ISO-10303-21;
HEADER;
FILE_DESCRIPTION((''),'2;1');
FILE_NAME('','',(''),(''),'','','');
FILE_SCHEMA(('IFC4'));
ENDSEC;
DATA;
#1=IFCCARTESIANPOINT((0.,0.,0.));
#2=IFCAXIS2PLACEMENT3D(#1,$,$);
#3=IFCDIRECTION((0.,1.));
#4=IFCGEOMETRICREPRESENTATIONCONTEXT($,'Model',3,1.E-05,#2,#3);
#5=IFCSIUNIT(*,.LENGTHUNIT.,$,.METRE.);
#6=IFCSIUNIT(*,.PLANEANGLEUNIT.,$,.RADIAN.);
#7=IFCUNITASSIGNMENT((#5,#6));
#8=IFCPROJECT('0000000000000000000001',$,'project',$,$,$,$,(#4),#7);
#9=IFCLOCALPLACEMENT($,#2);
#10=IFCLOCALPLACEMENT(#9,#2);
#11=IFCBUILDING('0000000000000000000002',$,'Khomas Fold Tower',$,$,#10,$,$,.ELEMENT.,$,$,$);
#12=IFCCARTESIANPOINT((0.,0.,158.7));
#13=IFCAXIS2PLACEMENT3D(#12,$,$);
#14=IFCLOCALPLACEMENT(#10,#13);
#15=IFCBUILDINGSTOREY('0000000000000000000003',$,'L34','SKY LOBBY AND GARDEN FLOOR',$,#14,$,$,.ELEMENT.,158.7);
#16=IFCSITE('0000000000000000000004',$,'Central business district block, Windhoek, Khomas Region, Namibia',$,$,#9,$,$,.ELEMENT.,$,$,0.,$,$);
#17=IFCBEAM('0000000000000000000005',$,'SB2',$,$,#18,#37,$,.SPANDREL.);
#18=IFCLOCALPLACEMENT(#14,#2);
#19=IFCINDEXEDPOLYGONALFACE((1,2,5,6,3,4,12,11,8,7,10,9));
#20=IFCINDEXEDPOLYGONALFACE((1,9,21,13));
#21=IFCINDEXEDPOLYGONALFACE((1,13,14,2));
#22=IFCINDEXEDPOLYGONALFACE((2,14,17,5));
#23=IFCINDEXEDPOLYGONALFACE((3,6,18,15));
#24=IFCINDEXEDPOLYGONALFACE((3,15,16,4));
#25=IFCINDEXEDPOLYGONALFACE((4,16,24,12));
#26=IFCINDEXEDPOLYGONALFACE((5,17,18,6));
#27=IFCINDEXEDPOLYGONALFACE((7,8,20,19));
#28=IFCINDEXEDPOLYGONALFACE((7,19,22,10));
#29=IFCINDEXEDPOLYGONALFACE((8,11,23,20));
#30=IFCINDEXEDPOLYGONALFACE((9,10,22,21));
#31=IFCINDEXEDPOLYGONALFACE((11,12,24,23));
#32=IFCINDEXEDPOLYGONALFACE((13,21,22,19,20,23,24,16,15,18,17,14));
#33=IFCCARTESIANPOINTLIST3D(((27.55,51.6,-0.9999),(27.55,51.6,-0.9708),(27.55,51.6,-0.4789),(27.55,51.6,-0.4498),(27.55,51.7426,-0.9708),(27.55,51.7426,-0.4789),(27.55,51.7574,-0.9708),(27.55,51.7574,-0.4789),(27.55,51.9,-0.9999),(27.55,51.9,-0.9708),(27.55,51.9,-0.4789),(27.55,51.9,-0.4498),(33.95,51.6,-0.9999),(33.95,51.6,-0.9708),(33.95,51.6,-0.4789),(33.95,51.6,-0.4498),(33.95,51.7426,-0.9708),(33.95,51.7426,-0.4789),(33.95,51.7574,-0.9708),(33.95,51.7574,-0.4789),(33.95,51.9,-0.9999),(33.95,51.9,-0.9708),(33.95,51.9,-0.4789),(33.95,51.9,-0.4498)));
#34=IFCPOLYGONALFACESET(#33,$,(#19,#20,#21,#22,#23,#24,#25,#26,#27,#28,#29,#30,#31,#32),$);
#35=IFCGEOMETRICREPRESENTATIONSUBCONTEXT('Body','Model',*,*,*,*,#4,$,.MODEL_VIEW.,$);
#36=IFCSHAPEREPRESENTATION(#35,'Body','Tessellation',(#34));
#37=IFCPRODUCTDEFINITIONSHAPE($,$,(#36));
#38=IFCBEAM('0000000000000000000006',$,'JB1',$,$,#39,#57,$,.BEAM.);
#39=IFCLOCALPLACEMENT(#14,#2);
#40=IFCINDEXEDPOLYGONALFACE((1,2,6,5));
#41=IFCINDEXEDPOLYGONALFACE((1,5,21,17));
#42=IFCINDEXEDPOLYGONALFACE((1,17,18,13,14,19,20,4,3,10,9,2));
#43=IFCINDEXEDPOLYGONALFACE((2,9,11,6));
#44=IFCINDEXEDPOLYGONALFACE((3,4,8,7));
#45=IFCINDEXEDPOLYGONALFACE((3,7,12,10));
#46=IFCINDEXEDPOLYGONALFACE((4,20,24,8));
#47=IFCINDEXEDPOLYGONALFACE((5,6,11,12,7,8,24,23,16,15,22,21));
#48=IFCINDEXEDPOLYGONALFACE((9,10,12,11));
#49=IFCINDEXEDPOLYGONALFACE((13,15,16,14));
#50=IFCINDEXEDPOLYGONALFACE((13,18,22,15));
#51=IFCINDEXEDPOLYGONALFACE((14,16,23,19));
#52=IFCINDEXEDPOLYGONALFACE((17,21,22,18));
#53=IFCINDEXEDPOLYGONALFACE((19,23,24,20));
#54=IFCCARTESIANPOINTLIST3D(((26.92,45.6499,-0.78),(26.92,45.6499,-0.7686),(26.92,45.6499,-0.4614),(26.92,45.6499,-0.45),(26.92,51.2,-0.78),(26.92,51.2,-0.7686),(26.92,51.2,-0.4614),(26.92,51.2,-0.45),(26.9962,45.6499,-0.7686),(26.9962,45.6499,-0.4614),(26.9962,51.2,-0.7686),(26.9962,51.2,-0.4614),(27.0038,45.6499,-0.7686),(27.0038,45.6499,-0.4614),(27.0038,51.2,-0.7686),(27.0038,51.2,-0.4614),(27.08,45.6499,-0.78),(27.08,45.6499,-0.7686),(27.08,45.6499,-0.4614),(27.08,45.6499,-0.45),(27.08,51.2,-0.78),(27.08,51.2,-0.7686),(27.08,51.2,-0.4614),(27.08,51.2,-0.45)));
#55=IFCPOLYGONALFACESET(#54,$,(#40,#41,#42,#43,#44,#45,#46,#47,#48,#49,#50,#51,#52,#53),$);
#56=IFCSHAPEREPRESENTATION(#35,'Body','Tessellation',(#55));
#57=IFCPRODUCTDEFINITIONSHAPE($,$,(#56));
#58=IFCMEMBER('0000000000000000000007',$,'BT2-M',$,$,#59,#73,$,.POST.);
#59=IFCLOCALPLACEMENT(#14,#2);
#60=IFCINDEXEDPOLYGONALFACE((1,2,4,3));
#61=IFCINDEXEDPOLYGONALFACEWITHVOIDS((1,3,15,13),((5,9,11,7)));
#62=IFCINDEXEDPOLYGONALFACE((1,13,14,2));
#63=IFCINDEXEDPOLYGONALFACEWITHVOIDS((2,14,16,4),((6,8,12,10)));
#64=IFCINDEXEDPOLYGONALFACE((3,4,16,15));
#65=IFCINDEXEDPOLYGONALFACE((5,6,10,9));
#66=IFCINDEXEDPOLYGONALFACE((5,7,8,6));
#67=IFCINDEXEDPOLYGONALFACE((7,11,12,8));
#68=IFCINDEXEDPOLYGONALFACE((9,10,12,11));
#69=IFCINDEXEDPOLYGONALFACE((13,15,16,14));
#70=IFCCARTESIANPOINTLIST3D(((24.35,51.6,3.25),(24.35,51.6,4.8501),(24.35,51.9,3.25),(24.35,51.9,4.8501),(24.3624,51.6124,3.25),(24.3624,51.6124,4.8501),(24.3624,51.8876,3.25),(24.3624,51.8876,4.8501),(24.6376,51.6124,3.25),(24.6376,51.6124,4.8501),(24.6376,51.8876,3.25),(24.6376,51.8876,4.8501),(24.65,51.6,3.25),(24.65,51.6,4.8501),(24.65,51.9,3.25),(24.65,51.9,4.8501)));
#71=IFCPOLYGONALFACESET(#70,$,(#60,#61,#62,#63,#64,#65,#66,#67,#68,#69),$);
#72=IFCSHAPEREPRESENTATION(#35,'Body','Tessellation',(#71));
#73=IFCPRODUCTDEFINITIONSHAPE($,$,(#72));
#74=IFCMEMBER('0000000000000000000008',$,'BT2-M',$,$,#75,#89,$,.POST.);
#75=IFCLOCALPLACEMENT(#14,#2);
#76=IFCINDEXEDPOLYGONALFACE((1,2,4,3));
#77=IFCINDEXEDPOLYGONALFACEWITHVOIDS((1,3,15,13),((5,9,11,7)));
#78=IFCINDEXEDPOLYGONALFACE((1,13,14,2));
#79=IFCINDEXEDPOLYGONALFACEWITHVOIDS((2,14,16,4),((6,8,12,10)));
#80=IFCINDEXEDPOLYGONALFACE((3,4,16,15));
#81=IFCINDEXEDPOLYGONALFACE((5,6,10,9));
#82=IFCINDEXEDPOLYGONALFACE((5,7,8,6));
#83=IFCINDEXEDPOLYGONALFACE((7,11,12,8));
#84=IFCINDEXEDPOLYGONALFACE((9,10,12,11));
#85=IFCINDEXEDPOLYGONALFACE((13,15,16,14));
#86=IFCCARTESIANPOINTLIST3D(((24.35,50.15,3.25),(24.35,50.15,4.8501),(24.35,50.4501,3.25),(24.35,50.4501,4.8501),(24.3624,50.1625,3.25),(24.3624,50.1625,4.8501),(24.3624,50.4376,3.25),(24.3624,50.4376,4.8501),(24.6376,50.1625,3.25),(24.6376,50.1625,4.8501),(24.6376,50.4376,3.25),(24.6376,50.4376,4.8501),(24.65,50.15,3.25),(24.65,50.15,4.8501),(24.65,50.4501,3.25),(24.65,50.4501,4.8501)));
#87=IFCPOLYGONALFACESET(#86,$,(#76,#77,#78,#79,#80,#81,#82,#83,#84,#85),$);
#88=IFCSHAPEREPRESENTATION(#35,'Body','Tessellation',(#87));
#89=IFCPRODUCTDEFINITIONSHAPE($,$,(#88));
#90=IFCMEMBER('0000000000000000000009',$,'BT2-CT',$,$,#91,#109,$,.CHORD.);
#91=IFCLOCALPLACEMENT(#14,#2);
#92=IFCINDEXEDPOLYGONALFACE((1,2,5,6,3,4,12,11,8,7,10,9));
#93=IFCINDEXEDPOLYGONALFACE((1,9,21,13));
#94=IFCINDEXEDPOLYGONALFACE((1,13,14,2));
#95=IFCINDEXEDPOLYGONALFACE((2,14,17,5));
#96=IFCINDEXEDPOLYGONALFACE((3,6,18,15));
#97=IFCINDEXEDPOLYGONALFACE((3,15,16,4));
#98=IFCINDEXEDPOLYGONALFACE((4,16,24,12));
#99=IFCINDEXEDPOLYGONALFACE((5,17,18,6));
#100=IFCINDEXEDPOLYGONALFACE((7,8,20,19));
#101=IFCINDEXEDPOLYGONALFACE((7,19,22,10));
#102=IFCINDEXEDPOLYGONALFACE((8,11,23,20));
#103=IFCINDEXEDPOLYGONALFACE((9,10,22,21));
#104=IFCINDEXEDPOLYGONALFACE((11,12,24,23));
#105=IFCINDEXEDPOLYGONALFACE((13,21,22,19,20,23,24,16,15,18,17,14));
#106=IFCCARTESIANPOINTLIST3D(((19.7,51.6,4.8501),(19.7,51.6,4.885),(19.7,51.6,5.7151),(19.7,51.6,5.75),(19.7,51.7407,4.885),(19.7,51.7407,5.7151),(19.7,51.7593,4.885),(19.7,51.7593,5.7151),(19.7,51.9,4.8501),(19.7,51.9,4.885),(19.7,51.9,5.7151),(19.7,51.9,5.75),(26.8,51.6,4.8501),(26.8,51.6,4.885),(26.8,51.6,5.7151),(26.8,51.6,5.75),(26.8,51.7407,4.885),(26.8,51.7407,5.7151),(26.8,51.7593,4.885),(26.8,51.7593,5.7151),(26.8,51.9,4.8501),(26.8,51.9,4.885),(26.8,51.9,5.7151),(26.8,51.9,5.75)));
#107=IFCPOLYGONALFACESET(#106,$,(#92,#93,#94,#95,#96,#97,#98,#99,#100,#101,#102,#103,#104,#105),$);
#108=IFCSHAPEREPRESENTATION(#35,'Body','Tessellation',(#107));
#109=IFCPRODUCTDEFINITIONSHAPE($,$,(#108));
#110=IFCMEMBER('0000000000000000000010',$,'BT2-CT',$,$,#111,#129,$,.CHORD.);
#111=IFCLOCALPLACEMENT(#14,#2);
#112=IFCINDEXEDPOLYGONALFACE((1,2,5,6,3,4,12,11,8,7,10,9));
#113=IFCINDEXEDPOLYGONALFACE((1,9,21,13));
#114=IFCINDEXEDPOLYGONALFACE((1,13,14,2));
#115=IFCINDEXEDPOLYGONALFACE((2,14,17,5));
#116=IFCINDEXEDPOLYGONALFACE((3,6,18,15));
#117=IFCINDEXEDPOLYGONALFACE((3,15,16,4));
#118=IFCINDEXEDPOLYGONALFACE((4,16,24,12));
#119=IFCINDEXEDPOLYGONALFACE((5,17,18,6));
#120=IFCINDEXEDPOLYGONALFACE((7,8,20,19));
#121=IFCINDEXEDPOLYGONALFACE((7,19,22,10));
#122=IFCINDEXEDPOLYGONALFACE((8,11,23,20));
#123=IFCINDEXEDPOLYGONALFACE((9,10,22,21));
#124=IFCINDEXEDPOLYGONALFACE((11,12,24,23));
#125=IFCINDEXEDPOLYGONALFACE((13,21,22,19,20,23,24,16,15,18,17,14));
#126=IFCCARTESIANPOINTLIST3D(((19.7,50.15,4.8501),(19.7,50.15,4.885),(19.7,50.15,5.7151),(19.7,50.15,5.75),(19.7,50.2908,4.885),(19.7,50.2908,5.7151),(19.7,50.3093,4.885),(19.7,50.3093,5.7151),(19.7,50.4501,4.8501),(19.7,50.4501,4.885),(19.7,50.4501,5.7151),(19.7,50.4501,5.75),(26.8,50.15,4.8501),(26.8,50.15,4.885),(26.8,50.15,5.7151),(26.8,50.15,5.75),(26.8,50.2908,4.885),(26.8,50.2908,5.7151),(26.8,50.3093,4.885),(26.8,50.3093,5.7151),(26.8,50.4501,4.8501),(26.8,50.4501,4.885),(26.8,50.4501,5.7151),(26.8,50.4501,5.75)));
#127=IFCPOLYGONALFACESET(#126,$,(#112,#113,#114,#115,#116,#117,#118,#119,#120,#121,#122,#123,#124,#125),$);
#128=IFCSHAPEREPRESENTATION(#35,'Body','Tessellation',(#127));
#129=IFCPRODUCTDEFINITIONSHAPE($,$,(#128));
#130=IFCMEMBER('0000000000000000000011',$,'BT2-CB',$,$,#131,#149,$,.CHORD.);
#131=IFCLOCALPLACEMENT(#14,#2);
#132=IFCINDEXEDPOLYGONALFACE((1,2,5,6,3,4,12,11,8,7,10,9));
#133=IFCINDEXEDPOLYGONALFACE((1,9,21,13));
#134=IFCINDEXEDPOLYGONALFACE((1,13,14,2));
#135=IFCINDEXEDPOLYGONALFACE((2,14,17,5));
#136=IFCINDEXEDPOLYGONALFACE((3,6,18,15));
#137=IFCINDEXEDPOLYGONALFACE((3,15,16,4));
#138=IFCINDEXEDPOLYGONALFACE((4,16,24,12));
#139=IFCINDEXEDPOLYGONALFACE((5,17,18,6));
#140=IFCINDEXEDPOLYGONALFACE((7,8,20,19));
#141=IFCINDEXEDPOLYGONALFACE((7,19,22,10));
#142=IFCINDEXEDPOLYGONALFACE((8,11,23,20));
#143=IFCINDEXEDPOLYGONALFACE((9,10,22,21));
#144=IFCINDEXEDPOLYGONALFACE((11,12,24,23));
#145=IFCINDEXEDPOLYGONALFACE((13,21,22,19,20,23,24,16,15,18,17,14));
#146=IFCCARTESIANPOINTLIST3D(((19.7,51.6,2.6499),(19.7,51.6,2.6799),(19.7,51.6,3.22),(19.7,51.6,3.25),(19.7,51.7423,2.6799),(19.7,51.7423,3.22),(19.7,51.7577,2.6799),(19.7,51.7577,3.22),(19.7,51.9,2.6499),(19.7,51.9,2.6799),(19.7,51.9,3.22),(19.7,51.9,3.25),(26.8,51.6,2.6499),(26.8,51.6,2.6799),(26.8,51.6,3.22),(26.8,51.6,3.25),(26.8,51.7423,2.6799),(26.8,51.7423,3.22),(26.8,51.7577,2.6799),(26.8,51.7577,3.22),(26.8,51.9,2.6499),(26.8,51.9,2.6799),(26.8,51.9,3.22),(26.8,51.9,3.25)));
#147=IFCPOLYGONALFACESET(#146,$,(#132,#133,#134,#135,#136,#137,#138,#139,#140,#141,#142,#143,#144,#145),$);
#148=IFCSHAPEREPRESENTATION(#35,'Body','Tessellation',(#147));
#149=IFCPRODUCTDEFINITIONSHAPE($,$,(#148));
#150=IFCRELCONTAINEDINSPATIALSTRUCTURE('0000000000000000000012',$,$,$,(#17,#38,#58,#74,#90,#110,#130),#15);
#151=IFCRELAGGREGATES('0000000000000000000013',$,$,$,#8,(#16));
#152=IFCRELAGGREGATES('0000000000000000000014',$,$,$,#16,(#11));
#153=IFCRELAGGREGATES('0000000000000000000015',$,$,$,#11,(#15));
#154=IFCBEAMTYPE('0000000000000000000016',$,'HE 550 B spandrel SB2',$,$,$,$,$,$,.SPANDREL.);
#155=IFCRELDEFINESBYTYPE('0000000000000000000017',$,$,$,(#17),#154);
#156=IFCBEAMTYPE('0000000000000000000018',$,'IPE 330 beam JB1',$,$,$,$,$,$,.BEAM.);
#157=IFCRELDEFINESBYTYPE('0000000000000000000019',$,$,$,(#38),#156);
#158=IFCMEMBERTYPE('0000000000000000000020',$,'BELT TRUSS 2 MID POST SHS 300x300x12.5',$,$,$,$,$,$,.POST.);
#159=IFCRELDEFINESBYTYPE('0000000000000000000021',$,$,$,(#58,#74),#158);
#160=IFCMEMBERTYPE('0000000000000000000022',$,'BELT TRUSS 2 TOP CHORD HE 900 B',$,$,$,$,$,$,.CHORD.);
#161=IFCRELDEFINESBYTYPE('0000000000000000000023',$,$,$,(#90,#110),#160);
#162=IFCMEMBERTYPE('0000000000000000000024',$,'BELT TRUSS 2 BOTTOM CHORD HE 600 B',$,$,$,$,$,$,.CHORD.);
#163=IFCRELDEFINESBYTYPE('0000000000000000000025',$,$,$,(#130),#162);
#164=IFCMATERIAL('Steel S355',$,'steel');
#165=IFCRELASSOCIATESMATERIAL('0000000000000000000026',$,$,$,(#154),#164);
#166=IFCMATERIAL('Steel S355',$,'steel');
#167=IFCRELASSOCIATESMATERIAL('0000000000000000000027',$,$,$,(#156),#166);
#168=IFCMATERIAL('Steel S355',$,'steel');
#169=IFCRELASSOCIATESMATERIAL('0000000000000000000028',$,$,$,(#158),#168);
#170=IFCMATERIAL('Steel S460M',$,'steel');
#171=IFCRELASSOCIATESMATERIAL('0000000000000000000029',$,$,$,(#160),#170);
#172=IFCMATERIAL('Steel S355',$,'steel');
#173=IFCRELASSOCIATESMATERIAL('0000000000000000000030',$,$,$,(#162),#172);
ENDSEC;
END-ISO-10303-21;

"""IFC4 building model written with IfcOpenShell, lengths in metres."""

from ifc_helpers import new_model, si_unit, direction, frame, origin, origin_2d, place, context, subcontext, project, spatial, hollow_rectangle, i_section, extrude, source, transform, mapped, material, material_profile, profile_set, type_object, element, save


model = new_model("IFC4")

# Units and contexts
model_context = context("Model", 3, precision=1e-05, world=origin(), true_north=direction((0.0, 1.0)))
body_context = subcontext(model_context, "Body", "Model", "MODEL_VIEW")
ifc_project = project(units=[si_unit("LENGTHUNIT", "METRE"), si_unit("PLANEANGLEUNIT", "RADIAN")], contexts=[model_context])

# Site, building, storey
site_placement = place(None, origin())
site = spatial("IfcSite", under=ifc_project, at=site_placement, Name="Central business district block, Windhoek, Khomas Region, Namibia", CompositionType="ELEMENT", RefElevation=0.0)
building_placement = place(site_placement, origin())
building = spatial("IfcBuilding", under=site, at=building_placement, Name="Khomas Fold Tower", CompositionType="ELEMENT")
storey_placement = place(building_placement, frame((0.0, 0.0, 158.7)))
storey = spatial("IfcBuildingStorey", under=building, at=storey_placement, Name="L34", Description="SKY LOBBY AND GARDEN FLOOR", CompositionType="ELEMENT", Elevation=158.7)

# Beams
ifc_material_1 = material(Name="Steel S355", Category="steel")
ifc_material_profile_1 = material_profile(ifc_material_1, i_section(OverallWidth=0.3, OverallDepth=0.55, WebThickness=0.0149, FlangeThickness=0.0291, at=origin_2d()), Name="HE 550 B")
ifc_profile_set_1 = profile_set([ifc_material_profile_1], Name="Steel S355")
beam_type_1 = type_object("IfcBeamType", Name="HE 550 B spandrel SB2", PredefinedType="SPANDREL", material=ifc_profile_set_1)
shared_shape_1 = source(origin(), body_context, "Body", "SweptSolid", [
    extrude(i_section(OverallWidth=0.3, OverallDepth=0.55, WebThickness=0.0149, FlangeThickness=0.0291, at=origin_2d()), origin(), (0.0, 0.0, 1.0), 6.3999),
])
beam_1_placement = place(storey_placement, frame((27.55, 51.75, -0.7249), z_axis=(1.0, 0.0, 0.0), x_axis=(0.0, 1.0, 0.0)))
element("IfcBeam", 1, at=beam_1_placement, inside=storey, type_object=beam_type_1, Name="SB2", PredefinedType="SPANDREL", context=body_context, shape_type="MappedRepresentation", body=[
    mapped(shared_shape_1, transform((0.0, 0.0, 0.0))),
])
ifc_material_2 = material(Name="Steel S355", Category="steel")
ifc_material_profile_2 = material_profile(ifc_material_2, i_section(OverallWidth=0.1599, OverallDepth=0.3301, WebThickness=0.0076, FlangeThickness=0.0115, at=origin_2d()), Name="IPE 330")
ifc_profile_set_2 = profile_set([ifc_material_profile_2], Name="Steel S355")
beam_type_2 = type_object("IfcBeamType", Name="IPE 330 beam JB1", PredefinedType="BEAM", material=ifc_profile_set_2)
shared_shape_2 = source(origin(), body_context, "Body", "SweptSolid", [
    extrude(i_section(OverallWidth=0.1599, OverallDepth=0.3301, WebThickness=0.0076, FlangeThickness=0.0115, at=origin_2d()), origin(), (0.0, 0.0, 1.0), 5.55),
])
beam_2_placement = place(storey_placement, frame((27.0, 45.6499, -0.615), z_axis=(0.0, 1.0, 0.0), x_axis=(-1.0, 0.0, 0.0)))
element("IfcBeam", 2, at=beam_2_placement, inside=storey, type_object=beam_type_2, Name="JB1", PredefinedType="BEAM", context=body_context, shape_type="MappedRepresentation", body=[
    mapped(shared_shape_2, transform((0.0, 0.0, 0.0))),
])

# Members
ifc_material_3 = material(Name="Steel S355", Category="steel")
ifc_material_profile_3 = material_profile(ifc_material_3, hollow_rectangle(XDim=0.3, YDim=0.3, WallThickness=0.0125, at=origin_2d()), Name="SHS 300x300x12.5")
ifc_profile_set_3 = profile_set([ifc_material_profile_3], Name="Steel S355")
member_type_1 = type_object("IfcMemberType", Name="BELT TRUSS 2 MID POST SHS 300x300x12.5", PredefinedType="POST", material=ifc_profile_set_3)
shared_shape_3 = source(origin(), body_context, "Body", "SweptSolid", [
    extrude(hollow_rectangle(XDim=0.3, YDim=0.3, WallThickness=0.0125, at=origin_2d()), origin(), (0.0, 0.0, 1.0), 1.6001),
])
for number, where, z_axis, x_axis, name in (
    (3, (24.5, 51.75, 3.25), (0.0, 0.0, 1.0), (1.0, 0.0, 0.0), "BT2-M"),
    (4, (24.5, 50.3, 3.25), (0.0, 0.0, 1.0), (1.0, 0.0, 0.0), "BT2-M"),
):
    element("IfcMember", number, at=place(storey_placement, frame(where, z_axis=z_axis, x_axis=x_axis)), inside=storey, type_object=member_type_1, Name=name, PredefinedType="POST", context=body_context, shape_type="MappedRepresentation", body=[
        mapped(shared_shape_3, transform((0.0, 0.0, 0.0))),
    ])
ifc_material_4 = material(Name="Steel S460M", Category="steel")
ifc_material_profile_4 = material_profile(ifc_material_4, i_section(OverallWidth=0.3, OverallDepth=0.8999, WebThickness=0.0186, FlangeThickness=0.0349, at=origin_2d()), Name="HE 900 B")
ifc_profile_set_4 = profile_set([ifc_material_profile_4], Name="Steel S460M")
member_type_2 = type_object("IfcMemberType", Name="BELT TRUSS 2 TOP CHORD HE 900 B", PredefinedType="CHORD", material=ifc_profile_set_4)
shared_shape_4 = source(origin(), body_context, "Body", "SweptSolid", [
    extrude(i_section(OverallWidth=0.3, OverallDepth=0.8999, WebThickness=0.0186, FlangeThickness=0.0349, at=origin_2d()), origin(), (0.0, 0.0, 1.0), 7.1001),
])
for number, where, z_axis, x_axis, name in (
    (5, (26.8, 51.75, 5.3), (-1.0, 0.0, 0.0), (0.0, -1.0, 0.0), "BT2-CT"),
    (6, (26.8, 50.3, 5.3), (-1.0, 0.0, 0.0), (0.0, -1.0, 0.0), "BT2-CT"),
):
    element("IfcMember", number, at=place(storey_placement, frame(where, z_axis=z_axis, x_axis=x_axis)), inside=storey, type_object=member_type_2, Name=name, PredefinedType="CHORD", context=body_context, shape_type="MappedRepresentation", body=[
        mapped(shared_shape_4, transform((0.0, 0.0, 0.0))),
    ])
ifc_material_5 = material(Name="Steel S355", Category="steel")
ifc_material_profile_5 = material_profile(ifc_material_5, i_section(OverallWidth=0.3, OverallDepth=0.6001, WebThickness=0.0154, FlangeThickness=0.03, at=origin_2d()), Name="HE 600 B")
ifc_profile_set_5 = profile_set([ifc_material_profile_5], Name="Steel S355")
member_type_3 = type_object("IfcMemberType", Name="BELT TRUSS 2 BOTTOM CHORD HE 600 B", PredefinedType="CHORD", material=ifc_profile_set_5)
shared_shape_5 = source(origin(), body_context, "Body", "SweptSolid", [
    extrude(i_section(OverallWidth=0.3, OverallDepth=0.6001, WebThickness=0.0154, FlangeThickness=0.03, at=origin_2d()), origin(), (0.0, 0.0, 1.0), 7.1001),
])
member_1_placement = place(storey_placement, frame((26.8, 51.75, 2.95), z_axis=(-1.0, 0.0, 0.0), x_axis=(0.0, -1.0, 0.0)))
element("IfcMember", 7, at=member_1_placement, inside=storey, type_object=member_type_3, Name="BT2-CB", PredefinedType="CHORD", context=body_context, shape_type="MappedRepresentation", body=[
    mapped(shared_shape_5, transform((0.0, 0.0, 0.0))),
])

save(model, "model.ifc")
